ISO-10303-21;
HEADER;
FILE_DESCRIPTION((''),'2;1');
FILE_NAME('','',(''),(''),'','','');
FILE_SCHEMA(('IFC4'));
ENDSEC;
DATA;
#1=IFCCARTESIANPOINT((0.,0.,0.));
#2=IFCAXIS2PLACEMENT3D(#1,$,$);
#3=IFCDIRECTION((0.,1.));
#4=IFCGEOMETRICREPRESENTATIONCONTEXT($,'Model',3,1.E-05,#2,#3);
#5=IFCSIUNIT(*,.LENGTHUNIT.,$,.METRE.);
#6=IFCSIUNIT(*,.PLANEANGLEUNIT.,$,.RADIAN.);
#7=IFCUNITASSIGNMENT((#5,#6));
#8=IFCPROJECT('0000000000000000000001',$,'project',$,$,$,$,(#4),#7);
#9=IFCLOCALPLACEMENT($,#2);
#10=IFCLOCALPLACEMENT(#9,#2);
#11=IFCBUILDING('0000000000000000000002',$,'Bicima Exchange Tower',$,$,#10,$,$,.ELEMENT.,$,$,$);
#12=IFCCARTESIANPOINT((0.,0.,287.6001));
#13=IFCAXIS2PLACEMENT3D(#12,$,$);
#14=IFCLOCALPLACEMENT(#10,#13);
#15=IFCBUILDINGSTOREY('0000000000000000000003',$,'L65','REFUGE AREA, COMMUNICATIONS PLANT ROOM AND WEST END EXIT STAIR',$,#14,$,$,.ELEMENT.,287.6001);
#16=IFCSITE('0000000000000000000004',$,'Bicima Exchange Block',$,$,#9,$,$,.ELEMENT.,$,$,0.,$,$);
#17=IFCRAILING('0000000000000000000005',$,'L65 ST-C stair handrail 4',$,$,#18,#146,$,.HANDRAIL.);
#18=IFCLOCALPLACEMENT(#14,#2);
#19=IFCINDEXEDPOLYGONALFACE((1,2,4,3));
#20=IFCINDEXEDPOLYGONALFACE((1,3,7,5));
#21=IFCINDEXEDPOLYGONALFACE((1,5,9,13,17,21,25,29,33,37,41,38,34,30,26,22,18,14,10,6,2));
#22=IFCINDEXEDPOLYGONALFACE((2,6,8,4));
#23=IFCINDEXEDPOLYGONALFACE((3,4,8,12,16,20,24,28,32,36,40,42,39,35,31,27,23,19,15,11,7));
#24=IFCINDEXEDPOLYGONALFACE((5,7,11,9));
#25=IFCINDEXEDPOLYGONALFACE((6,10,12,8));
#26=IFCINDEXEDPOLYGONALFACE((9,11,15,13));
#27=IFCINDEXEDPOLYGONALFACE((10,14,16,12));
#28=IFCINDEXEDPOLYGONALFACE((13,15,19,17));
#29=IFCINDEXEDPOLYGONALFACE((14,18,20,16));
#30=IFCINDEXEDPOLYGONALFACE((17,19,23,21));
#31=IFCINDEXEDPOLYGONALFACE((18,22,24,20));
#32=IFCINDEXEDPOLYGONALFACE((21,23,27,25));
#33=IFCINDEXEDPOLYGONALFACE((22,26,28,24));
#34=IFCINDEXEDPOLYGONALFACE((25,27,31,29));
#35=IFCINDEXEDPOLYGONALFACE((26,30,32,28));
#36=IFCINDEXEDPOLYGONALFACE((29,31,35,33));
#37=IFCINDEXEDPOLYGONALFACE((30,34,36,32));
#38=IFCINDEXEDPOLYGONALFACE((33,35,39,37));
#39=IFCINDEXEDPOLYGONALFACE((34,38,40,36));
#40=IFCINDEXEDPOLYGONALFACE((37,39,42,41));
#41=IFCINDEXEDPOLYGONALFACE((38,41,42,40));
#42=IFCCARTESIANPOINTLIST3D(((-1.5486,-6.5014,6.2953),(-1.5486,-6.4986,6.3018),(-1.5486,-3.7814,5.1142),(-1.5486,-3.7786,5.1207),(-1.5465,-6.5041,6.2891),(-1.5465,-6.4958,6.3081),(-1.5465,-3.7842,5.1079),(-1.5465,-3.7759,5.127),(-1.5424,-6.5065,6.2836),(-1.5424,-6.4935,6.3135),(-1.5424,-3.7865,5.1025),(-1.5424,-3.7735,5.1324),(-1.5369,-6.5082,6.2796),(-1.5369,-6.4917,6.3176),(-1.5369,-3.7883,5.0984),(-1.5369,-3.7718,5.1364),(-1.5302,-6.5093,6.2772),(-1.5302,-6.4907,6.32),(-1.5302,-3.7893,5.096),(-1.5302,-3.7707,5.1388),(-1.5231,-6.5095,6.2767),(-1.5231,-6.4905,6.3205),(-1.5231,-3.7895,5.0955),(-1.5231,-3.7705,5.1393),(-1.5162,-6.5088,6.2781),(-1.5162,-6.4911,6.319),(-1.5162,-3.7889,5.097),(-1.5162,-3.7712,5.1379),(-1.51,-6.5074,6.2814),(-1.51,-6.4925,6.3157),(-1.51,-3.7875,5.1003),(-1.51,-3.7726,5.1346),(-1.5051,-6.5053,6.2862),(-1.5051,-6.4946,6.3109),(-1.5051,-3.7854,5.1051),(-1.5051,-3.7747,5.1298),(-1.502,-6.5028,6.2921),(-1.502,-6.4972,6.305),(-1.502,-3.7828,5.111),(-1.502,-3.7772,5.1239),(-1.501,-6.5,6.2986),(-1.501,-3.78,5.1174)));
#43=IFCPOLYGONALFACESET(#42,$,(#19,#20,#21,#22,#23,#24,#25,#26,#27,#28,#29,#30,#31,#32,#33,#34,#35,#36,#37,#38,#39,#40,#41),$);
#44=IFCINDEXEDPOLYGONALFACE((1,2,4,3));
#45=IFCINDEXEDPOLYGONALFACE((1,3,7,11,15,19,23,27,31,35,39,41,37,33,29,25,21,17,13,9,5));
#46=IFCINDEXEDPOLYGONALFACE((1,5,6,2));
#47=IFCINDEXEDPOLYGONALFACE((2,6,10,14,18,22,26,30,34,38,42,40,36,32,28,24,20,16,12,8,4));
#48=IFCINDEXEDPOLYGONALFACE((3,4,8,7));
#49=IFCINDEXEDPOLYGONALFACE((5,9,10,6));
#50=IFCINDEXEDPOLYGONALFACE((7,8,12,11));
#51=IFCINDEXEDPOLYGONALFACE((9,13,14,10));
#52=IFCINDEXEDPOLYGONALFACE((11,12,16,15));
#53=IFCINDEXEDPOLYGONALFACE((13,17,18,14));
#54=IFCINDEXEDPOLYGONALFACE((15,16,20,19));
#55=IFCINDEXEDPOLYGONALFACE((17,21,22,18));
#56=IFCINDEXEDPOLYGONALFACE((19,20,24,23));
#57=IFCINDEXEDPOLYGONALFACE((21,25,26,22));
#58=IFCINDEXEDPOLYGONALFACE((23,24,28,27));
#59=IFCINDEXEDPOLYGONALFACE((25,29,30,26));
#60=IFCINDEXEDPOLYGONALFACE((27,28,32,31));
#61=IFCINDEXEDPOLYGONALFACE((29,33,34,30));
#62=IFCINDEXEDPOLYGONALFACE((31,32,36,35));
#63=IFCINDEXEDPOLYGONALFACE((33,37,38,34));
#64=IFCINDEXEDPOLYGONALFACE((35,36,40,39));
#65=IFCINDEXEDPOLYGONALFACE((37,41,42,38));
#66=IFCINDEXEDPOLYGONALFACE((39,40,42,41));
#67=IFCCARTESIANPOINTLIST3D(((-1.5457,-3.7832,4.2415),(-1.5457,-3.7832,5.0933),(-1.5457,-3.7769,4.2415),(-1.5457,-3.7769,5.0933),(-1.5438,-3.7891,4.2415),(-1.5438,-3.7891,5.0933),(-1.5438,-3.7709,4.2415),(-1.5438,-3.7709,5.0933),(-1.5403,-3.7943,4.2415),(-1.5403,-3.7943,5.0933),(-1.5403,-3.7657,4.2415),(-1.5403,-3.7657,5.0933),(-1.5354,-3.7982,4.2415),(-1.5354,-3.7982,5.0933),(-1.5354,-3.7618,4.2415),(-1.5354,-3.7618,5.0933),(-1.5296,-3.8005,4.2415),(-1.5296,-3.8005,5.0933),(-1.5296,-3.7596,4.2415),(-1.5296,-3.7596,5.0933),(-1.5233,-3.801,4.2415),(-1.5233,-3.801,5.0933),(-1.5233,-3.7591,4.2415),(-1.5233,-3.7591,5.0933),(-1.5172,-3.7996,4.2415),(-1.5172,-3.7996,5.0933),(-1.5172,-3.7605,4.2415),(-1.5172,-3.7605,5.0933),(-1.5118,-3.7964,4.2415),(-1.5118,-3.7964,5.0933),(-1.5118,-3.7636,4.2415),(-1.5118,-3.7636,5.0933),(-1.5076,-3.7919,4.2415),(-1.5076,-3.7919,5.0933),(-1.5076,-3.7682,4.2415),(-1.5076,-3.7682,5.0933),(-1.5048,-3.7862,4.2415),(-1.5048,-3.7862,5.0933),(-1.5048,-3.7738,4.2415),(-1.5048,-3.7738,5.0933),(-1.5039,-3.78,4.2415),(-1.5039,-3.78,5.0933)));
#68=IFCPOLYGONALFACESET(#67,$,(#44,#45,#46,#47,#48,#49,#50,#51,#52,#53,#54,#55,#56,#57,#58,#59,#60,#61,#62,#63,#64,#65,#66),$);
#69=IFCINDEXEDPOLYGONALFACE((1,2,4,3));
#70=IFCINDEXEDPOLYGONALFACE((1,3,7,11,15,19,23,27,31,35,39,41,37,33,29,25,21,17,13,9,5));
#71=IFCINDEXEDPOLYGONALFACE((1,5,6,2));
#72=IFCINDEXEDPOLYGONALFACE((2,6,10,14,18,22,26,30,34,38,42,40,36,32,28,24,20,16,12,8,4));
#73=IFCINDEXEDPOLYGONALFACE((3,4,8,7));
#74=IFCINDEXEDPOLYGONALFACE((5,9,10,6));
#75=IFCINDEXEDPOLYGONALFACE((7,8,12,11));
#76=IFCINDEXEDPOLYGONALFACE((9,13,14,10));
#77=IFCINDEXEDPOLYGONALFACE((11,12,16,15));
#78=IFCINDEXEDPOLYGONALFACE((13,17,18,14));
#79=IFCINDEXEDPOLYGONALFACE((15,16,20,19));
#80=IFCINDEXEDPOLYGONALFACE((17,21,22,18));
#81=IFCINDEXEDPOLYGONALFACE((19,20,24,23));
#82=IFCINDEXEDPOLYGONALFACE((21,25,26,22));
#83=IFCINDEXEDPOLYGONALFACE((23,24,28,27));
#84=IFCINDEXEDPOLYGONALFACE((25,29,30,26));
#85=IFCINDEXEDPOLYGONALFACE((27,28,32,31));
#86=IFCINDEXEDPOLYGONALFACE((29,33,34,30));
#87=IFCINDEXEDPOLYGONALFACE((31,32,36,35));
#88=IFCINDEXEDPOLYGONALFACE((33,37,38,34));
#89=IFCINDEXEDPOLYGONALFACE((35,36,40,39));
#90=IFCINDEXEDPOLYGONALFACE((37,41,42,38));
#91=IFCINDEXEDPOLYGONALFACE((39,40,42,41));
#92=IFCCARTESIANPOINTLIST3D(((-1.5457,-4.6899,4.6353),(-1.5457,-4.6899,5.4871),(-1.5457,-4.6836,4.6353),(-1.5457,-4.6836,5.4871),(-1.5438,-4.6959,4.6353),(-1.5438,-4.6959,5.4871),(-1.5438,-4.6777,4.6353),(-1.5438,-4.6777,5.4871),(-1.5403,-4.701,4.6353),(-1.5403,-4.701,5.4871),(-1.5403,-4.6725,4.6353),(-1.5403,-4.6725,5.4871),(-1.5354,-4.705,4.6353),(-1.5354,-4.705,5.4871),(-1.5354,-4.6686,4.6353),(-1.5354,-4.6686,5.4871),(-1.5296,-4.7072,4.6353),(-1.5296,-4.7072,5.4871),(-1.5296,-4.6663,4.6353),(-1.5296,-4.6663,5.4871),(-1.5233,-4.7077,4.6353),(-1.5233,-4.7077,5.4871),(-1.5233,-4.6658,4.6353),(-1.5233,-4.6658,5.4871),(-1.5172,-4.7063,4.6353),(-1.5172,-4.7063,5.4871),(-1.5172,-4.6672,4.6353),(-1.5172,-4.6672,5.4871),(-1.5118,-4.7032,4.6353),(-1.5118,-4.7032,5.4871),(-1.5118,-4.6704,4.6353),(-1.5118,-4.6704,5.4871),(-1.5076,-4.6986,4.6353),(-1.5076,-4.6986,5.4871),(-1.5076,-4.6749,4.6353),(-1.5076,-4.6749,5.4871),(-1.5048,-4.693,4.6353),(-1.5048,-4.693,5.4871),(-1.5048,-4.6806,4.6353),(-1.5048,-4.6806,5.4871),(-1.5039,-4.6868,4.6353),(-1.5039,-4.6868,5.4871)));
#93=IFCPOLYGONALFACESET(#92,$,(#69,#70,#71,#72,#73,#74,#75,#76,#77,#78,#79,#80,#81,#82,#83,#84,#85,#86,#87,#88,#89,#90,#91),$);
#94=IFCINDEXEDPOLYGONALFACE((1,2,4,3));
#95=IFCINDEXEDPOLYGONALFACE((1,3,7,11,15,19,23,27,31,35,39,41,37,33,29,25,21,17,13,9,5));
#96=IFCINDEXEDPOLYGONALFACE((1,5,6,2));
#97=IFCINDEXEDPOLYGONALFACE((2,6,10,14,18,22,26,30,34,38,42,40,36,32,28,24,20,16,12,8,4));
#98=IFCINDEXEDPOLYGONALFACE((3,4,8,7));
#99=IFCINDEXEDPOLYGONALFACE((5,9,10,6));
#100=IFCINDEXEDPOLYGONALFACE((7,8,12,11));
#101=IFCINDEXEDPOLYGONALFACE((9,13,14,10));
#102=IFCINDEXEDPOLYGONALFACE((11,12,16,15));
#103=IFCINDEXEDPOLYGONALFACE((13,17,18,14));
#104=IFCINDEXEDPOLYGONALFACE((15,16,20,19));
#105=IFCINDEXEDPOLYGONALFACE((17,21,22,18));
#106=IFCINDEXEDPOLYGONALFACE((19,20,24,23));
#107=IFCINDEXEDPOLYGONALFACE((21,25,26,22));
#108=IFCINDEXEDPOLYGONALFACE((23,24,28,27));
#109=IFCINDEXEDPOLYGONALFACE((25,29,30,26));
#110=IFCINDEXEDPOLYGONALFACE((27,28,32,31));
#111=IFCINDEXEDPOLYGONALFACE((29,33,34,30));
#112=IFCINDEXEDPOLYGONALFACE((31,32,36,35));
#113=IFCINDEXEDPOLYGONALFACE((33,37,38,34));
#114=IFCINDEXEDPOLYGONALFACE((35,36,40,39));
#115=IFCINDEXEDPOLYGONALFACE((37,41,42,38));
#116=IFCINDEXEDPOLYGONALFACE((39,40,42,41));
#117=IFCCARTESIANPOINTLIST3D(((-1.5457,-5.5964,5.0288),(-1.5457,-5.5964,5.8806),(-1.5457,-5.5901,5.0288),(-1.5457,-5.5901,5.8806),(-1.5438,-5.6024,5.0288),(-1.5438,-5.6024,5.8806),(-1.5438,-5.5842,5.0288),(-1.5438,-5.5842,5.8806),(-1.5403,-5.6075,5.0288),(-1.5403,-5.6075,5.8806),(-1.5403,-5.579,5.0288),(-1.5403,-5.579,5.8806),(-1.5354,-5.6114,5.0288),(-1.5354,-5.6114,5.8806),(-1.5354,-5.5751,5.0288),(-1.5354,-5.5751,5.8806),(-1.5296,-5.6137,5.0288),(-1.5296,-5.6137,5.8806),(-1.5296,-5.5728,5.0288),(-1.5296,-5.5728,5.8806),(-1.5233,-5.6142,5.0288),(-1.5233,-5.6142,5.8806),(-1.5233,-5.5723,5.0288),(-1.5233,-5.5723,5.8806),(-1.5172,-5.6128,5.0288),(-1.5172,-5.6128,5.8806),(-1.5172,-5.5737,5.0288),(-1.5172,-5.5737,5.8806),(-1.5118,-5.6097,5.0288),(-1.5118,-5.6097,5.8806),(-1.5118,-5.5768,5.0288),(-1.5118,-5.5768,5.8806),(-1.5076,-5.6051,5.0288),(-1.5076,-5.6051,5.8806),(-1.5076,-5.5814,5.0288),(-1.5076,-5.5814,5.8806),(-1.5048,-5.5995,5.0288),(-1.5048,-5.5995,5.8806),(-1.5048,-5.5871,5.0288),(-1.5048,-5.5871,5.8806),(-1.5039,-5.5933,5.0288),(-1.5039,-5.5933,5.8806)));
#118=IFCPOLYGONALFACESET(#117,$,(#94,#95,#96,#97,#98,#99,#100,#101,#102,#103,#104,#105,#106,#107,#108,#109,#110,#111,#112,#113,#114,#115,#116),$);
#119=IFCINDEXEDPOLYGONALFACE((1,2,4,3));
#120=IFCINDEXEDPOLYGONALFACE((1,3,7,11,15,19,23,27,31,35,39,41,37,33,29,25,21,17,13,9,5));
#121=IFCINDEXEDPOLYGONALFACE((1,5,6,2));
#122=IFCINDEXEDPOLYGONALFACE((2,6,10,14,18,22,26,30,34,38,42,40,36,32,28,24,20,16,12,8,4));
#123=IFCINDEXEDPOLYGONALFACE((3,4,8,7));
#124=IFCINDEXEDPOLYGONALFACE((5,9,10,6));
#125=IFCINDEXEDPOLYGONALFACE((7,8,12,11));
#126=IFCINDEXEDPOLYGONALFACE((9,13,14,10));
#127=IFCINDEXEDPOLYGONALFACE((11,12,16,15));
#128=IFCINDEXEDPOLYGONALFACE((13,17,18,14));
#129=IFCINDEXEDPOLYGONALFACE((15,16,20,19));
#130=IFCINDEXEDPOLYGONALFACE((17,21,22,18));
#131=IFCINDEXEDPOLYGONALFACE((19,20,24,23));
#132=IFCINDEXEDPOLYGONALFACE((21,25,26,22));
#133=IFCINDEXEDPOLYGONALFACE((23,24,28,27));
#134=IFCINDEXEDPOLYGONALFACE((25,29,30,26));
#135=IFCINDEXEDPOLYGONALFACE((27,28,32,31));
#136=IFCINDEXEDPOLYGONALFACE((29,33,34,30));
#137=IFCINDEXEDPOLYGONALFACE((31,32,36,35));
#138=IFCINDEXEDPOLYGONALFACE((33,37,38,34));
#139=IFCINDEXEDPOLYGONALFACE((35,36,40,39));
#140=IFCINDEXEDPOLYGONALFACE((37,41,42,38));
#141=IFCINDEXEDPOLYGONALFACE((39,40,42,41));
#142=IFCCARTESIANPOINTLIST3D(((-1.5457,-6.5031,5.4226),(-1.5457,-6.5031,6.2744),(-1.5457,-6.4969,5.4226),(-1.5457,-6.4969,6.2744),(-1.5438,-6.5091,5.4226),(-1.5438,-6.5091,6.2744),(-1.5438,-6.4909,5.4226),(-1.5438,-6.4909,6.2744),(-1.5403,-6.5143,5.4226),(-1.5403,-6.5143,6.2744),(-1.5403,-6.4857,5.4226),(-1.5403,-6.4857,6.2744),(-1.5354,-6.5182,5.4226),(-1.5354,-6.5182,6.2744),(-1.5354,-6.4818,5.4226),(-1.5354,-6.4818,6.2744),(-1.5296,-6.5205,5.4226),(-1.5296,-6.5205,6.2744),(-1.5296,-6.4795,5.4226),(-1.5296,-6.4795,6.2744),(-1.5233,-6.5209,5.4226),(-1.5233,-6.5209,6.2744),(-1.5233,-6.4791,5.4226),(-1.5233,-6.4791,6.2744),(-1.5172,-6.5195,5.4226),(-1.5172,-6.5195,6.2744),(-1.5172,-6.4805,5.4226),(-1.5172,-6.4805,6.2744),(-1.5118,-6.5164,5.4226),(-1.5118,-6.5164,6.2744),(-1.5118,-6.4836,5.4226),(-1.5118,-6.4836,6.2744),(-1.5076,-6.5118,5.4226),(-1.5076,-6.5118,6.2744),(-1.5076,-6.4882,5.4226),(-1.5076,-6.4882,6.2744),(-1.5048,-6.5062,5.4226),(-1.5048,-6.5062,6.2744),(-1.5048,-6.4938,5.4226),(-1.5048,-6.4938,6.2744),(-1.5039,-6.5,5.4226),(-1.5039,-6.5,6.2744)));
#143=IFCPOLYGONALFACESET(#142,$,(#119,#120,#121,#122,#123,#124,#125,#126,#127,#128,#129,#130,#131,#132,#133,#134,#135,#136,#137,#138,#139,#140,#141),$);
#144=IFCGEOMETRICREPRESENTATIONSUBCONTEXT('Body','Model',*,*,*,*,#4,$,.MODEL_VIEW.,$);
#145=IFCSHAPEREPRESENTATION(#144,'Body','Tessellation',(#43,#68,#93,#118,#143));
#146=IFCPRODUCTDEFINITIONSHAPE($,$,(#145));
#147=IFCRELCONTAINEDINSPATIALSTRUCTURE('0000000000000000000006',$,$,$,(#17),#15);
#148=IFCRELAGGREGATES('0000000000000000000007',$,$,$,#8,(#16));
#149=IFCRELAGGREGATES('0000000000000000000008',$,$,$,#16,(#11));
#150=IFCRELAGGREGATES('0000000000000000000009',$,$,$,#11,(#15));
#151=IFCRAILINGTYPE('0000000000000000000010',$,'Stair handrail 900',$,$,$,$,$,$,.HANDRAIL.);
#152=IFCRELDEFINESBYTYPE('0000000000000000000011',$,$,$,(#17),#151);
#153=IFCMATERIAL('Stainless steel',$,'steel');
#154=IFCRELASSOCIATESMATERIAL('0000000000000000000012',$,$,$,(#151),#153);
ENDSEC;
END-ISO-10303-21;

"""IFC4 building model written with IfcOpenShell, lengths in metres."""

from ifc_helpers import new_model, si_unit, direction, frame, origin, origin_2d, place, context, subcontext, project, spatial, circle, extrude, material, type_object, element, save


model = new_model("IFC4")

# Units and contexts
model_context = context("Model", 3, precision=1e-05, world=origin(), true_north=direction((0.0, 1.0)))
body_context = subcontext(model_context, "Body", "Model", "MODEL_VIEW")
ifc_project = project(units=[si_unit("LENGTHUNIT", "METRE"), si_unit("PLANEANGLEUNIT", "RADIAN")], contexts=[model_context])

# Site, building, storey
site_placement = place(None, origin())
site = spatial("IfcSite", under=ifc_project, at=site_placement, Name="Bicima Exchange Block", CompositionType="ELEMENT", RefElevation=0.0)
building_placement = place(site_placement, origin())
building = spatial("IfcBuilding", under=site, at=building_placement, Name="Bicima Exchange Tower", CompositionType="ELEMENT")
storey_placement = place(building_placement, frame((0.0, 0.0, 287.6001)))
storey = spatial("IfcBuildingStorey", under=building, at=storey_placement, Name="L65", Description="REFUGE AREA, COMMUNICATIONS PLANT ROOM AND WEST END EXIT STAIR", CompositionType="ELEMENT", Elevation=287.6001)

# Railing
ifc_material_1 = material(Name="Stainless steel", Category="steel")
railing_type_1 = type_object("IfcRailingType", Name="Stair handrail 900", PredefinedType="HANDRAIL", material=ifc_material_1)
railing_1_placement = place(storey_placement, frame((-1.5249, -3.78, 4.2415)))
element("IfcRailing", 1, at=railing_1_placement, inside=storey, type_object=railing_type_1, Name="L65 ST-C stair handrail 4", PredefinedType="HANDRAIL", context=body_context, shape_type="SweptSolid", body=[
    extrude(circle(Radius=0.0239, at=origin_2d()), frame((0.0, 0.0, 0.876), z_axis=(0.0, -0.917248, 0.398317), x_axis=(1.0, 0.0, 0.0)), (0.0, 0.0, 1.0), 2.9653),
    extrude(circle(Radius=0.021, at=origin_2d()), origin(), (0.0, 0.0, 1.0), 0.8518),
    extrude(circle(Radius=0.021, at=origin_2d()), frame((0.0, -0.9067, 0.3938)), (0.0, 0.0, 1.0), 0.8518),
    extrude(circle(Radius=0.021, at=origin_2d()), frame((0.0, -1.8132, 0.7874)), (0.0, 0.0, 1.0), 0.8518),
    extrude(circle(Radius=0.021, at=origin_2d()), frame((0.0, -2.72, 1.1812)), (0.0, 0.0, 1.0), 0.8518),
])

save(model, "model.ifc")
